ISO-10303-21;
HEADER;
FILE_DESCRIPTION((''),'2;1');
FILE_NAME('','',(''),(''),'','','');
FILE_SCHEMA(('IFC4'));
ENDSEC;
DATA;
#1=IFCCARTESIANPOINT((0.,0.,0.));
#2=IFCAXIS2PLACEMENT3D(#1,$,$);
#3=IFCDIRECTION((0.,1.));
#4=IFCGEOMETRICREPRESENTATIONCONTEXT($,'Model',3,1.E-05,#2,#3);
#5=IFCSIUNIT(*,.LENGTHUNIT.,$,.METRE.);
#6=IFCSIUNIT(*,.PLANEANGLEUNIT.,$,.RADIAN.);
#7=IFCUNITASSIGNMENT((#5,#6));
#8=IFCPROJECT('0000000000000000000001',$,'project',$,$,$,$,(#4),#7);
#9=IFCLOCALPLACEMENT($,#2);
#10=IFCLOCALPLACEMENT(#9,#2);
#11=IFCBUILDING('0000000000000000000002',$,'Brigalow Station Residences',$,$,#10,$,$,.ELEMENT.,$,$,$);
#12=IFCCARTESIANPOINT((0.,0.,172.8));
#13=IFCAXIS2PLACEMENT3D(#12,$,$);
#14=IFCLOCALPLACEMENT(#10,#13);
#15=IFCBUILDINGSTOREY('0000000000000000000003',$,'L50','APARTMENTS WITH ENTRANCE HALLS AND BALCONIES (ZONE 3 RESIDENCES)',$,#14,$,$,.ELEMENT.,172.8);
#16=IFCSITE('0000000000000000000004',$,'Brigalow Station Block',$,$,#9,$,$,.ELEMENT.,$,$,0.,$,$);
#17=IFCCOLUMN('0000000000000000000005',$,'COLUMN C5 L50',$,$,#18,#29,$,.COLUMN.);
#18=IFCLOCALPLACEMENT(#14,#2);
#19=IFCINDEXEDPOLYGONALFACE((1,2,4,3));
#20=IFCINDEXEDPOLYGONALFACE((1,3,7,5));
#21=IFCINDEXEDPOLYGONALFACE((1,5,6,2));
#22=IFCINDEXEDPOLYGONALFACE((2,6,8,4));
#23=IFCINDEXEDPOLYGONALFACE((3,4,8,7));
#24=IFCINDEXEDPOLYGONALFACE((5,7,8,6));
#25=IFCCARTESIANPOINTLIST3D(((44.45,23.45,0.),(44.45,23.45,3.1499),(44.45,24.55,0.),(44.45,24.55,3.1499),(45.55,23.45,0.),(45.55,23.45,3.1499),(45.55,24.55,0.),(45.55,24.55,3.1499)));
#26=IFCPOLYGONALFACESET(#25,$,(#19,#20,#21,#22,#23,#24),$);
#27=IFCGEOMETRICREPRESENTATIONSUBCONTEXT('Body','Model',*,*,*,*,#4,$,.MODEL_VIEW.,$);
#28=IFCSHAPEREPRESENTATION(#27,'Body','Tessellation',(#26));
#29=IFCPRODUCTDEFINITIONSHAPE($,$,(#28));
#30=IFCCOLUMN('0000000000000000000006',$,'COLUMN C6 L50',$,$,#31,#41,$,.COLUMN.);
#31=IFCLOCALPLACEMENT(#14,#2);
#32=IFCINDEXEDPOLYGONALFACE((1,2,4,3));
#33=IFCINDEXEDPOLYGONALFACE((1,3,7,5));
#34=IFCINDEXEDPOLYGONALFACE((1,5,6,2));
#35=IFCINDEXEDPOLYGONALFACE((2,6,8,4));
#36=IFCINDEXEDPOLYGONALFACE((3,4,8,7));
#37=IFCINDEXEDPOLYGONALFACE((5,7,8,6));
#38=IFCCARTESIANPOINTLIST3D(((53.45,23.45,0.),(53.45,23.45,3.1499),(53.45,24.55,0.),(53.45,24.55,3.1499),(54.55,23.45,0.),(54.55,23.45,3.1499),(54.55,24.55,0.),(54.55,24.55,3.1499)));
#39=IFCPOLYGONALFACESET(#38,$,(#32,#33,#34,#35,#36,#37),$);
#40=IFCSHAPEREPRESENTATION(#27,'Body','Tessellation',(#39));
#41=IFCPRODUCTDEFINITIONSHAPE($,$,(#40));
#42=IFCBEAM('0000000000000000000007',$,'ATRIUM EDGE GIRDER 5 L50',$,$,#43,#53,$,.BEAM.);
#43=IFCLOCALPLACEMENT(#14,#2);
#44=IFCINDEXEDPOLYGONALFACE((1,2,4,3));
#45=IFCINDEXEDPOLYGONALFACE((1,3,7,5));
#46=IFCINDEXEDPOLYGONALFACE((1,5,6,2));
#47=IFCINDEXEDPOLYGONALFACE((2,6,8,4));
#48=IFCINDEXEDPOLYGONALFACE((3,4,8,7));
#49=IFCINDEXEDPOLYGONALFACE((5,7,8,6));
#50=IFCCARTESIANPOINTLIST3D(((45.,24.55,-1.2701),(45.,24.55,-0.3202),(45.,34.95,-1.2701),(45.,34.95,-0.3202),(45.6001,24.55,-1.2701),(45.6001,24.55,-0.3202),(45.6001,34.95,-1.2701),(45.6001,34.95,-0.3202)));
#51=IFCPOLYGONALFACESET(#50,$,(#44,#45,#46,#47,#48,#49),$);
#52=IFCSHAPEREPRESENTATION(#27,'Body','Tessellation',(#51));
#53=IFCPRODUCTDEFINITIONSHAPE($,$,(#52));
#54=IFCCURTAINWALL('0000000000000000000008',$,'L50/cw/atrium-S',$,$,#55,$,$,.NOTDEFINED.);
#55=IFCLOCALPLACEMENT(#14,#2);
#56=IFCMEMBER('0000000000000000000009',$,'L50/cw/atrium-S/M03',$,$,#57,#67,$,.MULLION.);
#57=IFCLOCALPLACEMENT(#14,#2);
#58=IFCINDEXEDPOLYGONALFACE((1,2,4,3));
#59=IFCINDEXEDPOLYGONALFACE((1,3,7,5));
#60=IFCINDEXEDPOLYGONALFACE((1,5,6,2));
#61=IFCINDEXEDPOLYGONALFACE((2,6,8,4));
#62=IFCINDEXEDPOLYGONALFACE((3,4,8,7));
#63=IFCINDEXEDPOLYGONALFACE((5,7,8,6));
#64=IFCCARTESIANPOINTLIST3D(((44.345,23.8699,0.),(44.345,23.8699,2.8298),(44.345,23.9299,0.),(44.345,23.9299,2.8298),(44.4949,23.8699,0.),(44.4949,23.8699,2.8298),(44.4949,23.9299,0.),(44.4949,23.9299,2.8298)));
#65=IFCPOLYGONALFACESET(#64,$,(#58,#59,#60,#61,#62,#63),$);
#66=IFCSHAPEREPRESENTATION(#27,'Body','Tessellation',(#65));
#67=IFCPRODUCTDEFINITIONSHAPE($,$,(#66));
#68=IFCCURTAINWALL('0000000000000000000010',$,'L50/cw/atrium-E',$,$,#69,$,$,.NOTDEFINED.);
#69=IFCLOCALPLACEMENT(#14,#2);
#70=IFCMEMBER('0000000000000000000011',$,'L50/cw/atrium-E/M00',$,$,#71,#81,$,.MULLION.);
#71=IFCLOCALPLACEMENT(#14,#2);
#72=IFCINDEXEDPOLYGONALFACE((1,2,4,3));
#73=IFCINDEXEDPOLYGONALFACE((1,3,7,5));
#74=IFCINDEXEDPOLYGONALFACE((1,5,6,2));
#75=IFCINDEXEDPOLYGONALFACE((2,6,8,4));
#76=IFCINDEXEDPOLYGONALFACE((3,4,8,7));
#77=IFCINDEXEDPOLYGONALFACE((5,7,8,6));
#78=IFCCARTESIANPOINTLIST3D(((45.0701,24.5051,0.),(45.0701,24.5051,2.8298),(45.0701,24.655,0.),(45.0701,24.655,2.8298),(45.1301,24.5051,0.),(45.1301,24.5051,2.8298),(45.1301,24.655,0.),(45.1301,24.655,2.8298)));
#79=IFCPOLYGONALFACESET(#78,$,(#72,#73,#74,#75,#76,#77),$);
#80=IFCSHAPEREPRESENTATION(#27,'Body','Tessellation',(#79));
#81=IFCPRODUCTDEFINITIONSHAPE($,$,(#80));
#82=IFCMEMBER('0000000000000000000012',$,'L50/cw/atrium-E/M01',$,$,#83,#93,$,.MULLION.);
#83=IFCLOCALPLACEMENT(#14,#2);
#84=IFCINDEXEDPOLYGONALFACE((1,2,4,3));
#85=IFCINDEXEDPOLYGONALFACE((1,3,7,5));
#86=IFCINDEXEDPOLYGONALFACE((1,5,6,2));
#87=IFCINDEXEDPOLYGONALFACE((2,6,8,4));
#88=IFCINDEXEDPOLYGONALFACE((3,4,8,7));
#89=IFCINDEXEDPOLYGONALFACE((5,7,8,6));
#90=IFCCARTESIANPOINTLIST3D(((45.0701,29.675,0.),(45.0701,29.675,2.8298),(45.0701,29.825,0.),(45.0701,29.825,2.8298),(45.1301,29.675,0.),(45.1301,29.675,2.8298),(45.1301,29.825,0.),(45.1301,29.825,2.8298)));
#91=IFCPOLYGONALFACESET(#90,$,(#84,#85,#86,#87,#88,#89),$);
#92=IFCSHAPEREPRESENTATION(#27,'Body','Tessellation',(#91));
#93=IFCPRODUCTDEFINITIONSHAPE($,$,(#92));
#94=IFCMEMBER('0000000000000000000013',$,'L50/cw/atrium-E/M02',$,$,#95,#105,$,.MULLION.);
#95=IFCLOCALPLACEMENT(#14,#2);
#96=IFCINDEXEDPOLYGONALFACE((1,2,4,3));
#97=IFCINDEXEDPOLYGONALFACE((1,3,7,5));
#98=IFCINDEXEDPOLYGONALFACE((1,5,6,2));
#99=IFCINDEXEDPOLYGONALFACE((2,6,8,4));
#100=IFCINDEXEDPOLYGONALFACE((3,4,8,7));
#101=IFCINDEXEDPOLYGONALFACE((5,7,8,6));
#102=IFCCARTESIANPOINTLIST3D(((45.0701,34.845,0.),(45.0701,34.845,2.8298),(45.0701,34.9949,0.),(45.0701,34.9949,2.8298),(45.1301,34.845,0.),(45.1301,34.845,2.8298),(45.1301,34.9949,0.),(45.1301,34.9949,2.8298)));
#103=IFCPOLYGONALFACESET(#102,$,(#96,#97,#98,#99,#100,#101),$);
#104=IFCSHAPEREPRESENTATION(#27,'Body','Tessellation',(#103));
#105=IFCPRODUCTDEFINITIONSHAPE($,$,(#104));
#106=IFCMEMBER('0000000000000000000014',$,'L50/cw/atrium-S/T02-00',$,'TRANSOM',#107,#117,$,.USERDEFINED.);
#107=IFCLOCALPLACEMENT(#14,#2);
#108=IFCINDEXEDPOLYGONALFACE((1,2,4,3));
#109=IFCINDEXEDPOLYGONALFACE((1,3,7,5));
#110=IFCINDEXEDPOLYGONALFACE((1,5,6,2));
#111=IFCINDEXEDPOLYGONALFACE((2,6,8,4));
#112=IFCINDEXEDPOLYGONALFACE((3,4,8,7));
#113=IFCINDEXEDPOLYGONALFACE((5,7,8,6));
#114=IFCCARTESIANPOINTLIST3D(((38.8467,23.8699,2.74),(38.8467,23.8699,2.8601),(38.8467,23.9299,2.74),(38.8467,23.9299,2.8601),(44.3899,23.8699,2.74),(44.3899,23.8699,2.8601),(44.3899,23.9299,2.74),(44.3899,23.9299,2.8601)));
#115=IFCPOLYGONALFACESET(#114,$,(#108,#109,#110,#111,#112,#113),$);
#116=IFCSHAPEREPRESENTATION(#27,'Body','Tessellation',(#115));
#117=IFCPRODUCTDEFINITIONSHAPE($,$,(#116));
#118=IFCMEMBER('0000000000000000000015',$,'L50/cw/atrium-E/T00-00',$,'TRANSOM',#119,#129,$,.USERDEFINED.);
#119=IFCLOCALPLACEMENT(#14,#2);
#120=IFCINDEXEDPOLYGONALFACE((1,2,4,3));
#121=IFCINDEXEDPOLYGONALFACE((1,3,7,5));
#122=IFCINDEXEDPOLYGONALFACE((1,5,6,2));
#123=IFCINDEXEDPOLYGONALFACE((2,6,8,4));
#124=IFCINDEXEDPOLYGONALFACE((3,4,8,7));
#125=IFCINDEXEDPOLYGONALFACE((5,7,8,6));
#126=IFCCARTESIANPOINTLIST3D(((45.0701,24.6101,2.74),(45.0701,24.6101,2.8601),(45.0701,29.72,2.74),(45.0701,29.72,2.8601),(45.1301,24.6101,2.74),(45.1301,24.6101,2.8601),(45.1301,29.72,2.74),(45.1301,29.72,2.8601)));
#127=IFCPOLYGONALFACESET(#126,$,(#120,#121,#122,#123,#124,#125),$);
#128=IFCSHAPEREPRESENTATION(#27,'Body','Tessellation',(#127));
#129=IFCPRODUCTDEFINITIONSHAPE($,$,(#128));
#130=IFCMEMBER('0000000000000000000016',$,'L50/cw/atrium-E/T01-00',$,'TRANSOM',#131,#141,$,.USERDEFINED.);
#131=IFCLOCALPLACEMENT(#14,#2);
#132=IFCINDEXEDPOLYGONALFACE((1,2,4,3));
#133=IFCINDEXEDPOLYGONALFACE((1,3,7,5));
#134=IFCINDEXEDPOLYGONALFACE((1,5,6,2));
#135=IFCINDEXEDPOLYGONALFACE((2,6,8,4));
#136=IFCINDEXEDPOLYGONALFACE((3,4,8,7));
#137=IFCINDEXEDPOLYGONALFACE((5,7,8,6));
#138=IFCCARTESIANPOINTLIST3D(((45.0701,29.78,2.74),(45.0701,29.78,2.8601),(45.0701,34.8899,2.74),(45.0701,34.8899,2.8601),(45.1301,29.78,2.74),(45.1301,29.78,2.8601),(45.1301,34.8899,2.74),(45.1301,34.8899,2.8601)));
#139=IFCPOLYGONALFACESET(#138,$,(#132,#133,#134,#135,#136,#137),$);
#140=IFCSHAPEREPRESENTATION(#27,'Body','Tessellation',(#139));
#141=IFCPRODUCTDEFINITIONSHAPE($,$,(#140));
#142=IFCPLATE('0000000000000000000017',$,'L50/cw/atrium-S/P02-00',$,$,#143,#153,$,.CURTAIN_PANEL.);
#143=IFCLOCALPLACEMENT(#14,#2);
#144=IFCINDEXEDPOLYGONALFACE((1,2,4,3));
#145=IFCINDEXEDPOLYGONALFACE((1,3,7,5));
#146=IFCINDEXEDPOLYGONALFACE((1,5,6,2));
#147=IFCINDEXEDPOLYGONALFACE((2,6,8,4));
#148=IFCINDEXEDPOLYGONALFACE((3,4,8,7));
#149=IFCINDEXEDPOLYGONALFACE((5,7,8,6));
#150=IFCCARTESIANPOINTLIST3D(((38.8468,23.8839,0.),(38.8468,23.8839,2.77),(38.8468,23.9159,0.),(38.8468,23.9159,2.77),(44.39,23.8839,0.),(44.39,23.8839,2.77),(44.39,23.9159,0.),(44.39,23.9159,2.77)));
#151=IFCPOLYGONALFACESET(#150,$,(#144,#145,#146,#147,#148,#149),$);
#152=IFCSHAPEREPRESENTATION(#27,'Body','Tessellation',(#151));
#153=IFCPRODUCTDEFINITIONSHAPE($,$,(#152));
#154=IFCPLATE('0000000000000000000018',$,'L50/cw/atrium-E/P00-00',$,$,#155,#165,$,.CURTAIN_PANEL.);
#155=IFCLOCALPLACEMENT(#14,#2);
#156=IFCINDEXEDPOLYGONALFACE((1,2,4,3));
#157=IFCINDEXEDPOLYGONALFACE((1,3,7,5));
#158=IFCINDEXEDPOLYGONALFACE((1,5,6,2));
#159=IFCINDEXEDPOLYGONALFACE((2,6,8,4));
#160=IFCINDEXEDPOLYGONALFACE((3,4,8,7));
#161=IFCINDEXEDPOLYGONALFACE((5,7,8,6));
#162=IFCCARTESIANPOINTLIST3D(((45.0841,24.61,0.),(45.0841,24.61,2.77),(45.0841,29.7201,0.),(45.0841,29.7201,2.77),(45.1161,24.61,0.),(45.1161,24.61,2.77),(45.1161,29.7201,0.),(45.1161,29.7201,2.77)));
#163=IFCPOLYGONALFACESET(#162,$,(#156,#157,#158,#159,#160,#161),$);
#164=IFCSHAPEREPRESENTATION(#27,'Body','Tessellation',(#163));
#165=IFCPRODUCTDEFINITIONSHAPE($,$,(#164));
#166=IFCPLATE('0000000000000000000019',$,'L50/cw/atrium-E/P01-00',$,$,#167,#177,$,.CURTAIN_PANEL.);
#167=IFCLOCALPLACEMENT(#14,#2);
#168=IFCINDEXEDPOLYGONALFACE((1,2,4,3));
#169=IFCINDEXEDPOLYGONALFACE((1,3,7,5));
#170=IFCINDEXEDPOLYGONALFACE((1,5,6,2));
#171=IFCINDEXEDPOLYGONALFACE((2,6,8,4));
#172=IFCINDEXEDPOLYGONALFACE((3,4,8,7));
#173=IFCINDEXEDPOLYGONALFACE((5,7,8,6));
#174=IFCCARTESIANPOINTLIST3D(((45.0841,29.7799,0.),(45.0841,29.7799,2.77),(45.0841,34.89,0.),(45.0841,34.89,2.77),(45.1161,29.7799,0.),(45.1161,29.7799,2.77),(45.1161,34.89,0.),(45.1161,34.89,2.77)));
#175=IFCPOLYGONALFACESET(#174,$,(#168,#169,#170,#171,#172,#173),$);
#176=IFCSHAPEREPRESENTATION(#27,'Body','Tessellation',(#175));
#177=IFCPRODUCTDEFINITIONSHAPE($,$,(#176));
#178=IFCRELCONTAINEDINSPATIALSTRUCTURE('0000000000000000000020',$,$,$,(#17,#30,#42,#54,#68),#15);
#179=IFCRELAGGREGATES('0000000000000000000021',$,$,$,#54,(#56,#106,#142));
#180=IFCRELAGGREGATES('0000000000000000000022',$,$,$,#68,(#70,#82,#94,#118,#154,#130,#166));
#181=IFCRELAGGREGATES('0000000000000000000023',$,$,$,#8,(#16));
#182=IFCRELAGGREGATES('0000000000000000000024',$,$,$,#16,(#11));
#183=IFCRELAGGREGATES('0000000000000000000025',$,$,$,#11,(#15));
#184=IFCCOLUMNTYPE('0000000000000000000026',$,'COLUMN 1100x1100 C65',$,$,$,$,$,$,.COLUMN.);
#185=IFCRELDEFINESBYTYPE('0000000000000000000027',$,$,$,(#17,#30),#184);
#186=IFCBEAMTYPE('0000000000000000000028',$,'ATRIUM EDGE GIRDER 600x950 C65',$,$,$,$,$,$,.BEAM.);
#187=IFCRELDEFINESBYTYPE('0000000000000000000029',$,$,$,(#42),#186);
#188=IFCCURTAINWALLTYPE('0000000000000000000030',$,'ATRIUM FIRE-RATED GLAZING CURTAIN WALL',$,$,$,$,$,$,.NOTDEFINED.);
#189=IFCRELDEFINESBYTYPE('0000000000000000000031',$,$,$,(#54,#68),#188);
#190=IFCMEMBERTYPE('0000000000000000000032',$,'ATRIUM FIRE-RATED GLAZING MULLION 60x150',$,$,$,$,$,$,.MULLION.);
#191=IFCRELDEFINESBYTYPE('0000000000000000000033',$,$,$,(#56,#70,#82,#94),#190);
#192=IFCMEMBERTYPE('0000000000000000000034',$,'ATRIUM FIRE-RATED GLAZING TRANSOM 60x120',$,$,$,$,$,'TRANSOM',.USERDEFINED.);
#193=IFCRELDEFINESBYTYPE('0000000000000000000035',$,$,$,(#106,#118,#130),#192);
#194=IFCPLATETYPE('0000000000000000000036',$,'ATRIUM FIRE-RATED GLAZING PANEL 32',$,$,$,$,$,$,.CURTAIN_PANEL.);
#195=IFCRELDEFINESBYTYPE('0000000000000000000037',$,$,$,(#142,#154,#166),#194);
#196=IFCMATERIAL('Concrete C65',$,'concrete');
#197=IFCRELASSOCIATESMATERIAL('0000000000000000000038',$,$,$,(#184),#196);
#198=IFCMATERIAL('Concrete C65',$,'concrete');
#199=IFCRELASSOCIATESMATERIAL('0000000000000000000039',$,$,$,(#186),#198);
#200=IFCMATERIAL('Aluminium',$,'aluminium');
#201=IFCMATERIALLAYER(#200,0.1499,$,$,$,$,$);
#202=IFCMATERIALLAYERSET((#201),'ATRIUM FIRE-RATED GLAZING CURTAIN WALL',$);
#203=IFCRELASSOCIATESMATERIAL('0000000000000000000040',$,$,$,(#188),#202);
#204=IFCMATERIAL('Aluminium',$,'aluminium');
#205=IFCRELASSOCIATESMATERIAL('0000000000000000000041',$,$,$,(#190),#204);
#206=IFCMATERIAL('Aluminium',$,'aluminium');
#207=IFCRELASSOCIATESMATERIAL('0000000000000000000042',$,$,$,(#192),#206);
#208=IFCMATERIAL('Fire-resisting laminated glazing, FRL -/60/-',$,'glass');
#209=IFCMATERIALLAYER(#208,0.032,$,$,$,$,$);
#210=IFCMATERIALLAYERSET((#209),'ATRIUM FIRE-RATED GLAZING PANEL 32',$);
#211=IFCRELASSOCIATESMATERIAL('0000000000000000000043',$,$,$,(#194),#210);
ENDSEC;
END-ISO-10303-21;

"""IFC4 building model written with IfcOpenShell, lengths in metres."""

from ifc_helpers import new_model, si_unit, direction, frame, origin, origin_2d, place, context, subcontext, project, spatial, rectangle, extrude, material, layer, layer_set, material_profile, profile_set, type_object, element, aggregate, save


model = new_model("IFC4")

# Units and contexts
model_context = context("Model", 3, precision=1e-05, world=origin(), true_north=direction((0.0, 1.0)))
body_context = subcontext(model_context, "Body", "Model", "MODEL_VIEW")
ifc_project = project(units=[si_unit("LENGTHUNIT", "METRE"), si_unit("PLANEANGLEUNIT", "RADIAN")], contexts=[model_context])

# Site, building, storey
site_placement = place(None, origin())
site = spatial("IfcSite", under=ifc_project, at=site_placement, Name="Brigalow Station Block", CompositionType="ELEMENT", RefElevation=0.0)
building_placement = place(site_placement, origin())
building = spatial("IfcBuilding", under=site, at=building_placement, Name="Brigalow Station Residences", CompositionType="ELEMENT")
storey_placement = place(building_placement, frame((0.0, 0.0, 172.8)))
storey = spatial("IfcBuildingStorey", under=building, at=storey_placement, Name="L50", Description="APARTMENTS WITH ENTRANCE HALLS AND BALCONIES (ZONE 3 RESIDENCES)", CompositionType="ELEMENT", Elevation=172.8)

# Columns
ifc_material_1 = material(Name="Concrete C65", Category="concrete")
ifc_material_profile_1 = material_profile(ifc_material_1, rectangle(XDim=1.1001, YDim=1.1001, at=origin_2d()), Name="RC1100x1100")
ifc_profile_set_1 = profile_set([ifc_material_profile_1], Name="Concrete C65")
column_type = type_object("IfcColumnType", Name="COLUMN 1100x1100 C65", PredefinedType="COLUMN", material=ifc_profile_set_1)
for number, where, z_axis, x_axis, name in (
    (1, (45.0, 24.0, 0.0), (0.0, 0.0, 1.0), (1.0, 0.0, 0.0), "COLUMN C5 L50"),
    (2, (54.0, 24.0, 0.0), (0.0, 0.0, 1.0), (1.0, 0.0, 0.0), "COLUMN C6 L50"),
):
    element("IfcColumn", number, at=place(storey_placement, frame(where, z_axis=z_axis, x_axis=x_axis)), inside=storey, type_object=column_type, Name=name, PredefinedType="COLUMN", context=body_context, shape_type="SweptSolid", body=[
        extrude(rectangle(XDim=1.1001, YDim=1.1001, at=origin_2d()), origin(), (0.0, 0.0, 1.0), 3.1499),
    ])

# Beam
ifc_material_2 = material(Name="Concrete C65", Category="concrete")
ifc_material_profile_2 = material_profile(ifc_material_2, rectangle(XDim=0.6001, YDim=0.95, at=origin_2d()), Name="RC600x950")
ifc_profile_set_2 = profile_set([ifc_material_profile_2], Name="Concrete C65")
beam_type = type_object("IfcBeamType", Name="ATRIUM EDGE GIRDER 600x950 C65", PredefinedType="BEAM", material=ifc_profile_set_2)
beam_placement = place(storey_placement, frame((45.3, 24.55, -0.7952), z_axis=(0.0, 1.0, 0.0), x_axis=(-1.0, 0.0, 0.0)))
element("IfcBeam", 3, at=beam_placement, inside=storey, type_object=beam_type, Name="ATRIUM EDGE GIRDER 5 L50", PredefinedType="BEAM", context=body_context, shape_type="SweptSolid", body=[
    extrude(rectangle(XDim=0.6001, YDim=0.95, at=origin_2d()), origin(), (0.0, 0.0, 1.0), 10.3999),
])

# Curtain wall, member
ifc_material_3 = material(Name="Aluminium", Category="aluminium")
ifc_layer_1 = layer(ifc_material_3, 0.1499)
ifc_layer_set_1 = layer_set([ifc_layer_1], Name="ATRIUM FIRE-RATED GLAZING CURTAIN WALL")
curtain_wall_type = type_object("IfcCurtainWallType", Name="ATRIUM FIRE-RATED GLAZING CURTAIN WALL", PredefinedType="NOTDEFINED", material=ifc_layer_set_1)
curtain_wall_1_placement = place(storey_placement, origin())
curtain_wall_1 = element("IfcCurtainWall", 4, at=curtain_wall_1_placement, inside=storey, type_object=curtain_wall_type, Name="L50/cw/atrium-S", PredefinedType="NOTDEFINED")
ifc_material_4 = material(Name="Aluminium", Category="aluminium")
ifc_material_profile_3 = material_profile(ifc_material_4, rectangle(XDim=0.0601, YDim=0.1499, at=origin_2d()), Name="ATRIUM FIRE-RATED GLAZING MULLION 60x150")
ifc_profile_set_3 = profile_set([ifc_material_profile_3], Name="Aluminium")
member_type_1 = type_object("IfcMemberType", Name="ATRIUM FIRE-RATED GLAZING MULLION 60x150", PredefinedType="MULLION", material=ifc_profile_set_3)
member_1_placement = place(storey_placement, frame((44.4199, 23.8999, 0.0), z_axis=(0.0, 0.0, 1.0), x_axis=(0.0, 1.0, 0.0)))
member_1 = element("IfcMember", 5, at=member_1_placement, type_object=member_type_1, Name="L50/cw/atrium-S/M03", PredefinedType="MULLION", context=body_context, shape_type="SweptSolid", body=[
    extrude(rectangle(XDim=0.0601, YDim=0.1499, at=origin_2d()), origin(), (0.0, 0.0, 1.0), 2.8298),
])

# Curtain wall, members
curtain_wall_2_placement = place(storey_placement, origin())
curtain_wall_2 = element("IfcCurtainWall", 6, at=curtain_wall_2_placement, inside=storey, type_object=curtain_wall_type, Name="L50/cw/atrium-E", PredefinedType="NOTDEFINED")
member_2_placement = place(storey_placement, frame((45.1001, 24.5801, 0.0), z_axis=(0.0, 0.0, 1.0), x_axis=(-1.0, 0.0, 0.0)))
member_2 = element("IfcMember", 7, at=member_2_placement, type_object=member_type_1, Name="L50/cw/atrium-E/M00", PredefinedType="MULLION", context=body_context, shape_type="SweptSolid", body=[
    extrude(rectangle(XDim=0.0601, YDim=0.1499, at=origin_2d()), origin(), (0.0, 0.0, 1.0), 2.8298),
])
member_3_placement = place(storey_placement, frame((45.1001, 29.75, 0.0), z_axis=(0.0, 0.0, 1.0), x_axis=(-1.0, 0.0, 0.0)))
member_3 = element("IfcMember", 8, at=member_3_placement, type_object=member_type_1, Name="L50/cw/atrium-E/M01", PredefinedType="MULLION", context=body_context, shape_type="SweptSolid", body=[
    extrude(rectangle(XDim=0.0601, YDim=0.1499, at=origin_2d()), origin(), (0.0, 0.0, 1.0), 2.8298),
])
member_4_placement = place(storey_placement, frame((45.1001, 34.9199, 0.0), z_axis=(0.0, 0.0, 1.0), x_axis=(-1.0, 0.0, 0.0)))
member_4 = element("IfcMember", 9, at=member_4_placement, type_object=member_type_1, Name="L50/cw/atrium-E/M02", PredefinedType="MULLION", context=body_context, shape_type="SweptSolid", body=[
    extrude(rectangle(XDim=0.0601, YDim=0.1499, at=origin_2d()), origin(), (0.0, 0.0, 1.0), 2.8298),
])

# Members
ifc_material_5 = material(Name="Aluminium", Category="aluminium")
ifc_material_profile_4 = material_profile(ifc_material_5, rectangle(XDim=0.0601, YDim=0.1201, at=origin_2d()), Name="ATRIUM FIRE-RATED GLAZING TRANSOM 60x120")
ifc_profile_set_4 = profile_set([ifc_material_profile_4], Name="Aluminium")
member_type_2 = type_object("IfcMemberType", Name="ATRIUM FIRE-RATED GLAZING TRANSOM 60x120", ElementType="TRANSOM", PredefinedType="USERDEFINED", material=ifc_profile_set_4)
member_5_placement = place(storey_placement, frame((38.8467, 23.8999, 2.8), z_axis=(1.0, 0.0, 0.0), x_axis=(0.0, 1.0, 0.0)))
member_5 = element("IfcMember", 10, at=member_5_placement, type_object=member_type_2, Name="L50/cw/atrium-S/T02-00", ObjectType="TRANSOM", PredefinedType="USERDEFINED", context=body_context, shape_type="SweptSolid", body=[
    extrude(rectangle(XDim=0.0601, YDim=0.1201, at=origin_2d()), origin(), (0.0, 0.0, 1.0), 5.5432),
])
member_6_placement = place(storey_placement, frame((45.1001, 24.6101, 2.8), z_axis=(0.0, 1.0, 0.0), x_axis=(-1.0, 0.0, 0.0)))
member_6 = element("IfcMember", 11, at=member_6_placement, type_object=member_type_2, Name="L50/cw/atrium-E/T00-00", ObjectType="TRANSOM", PredefinedType="USERDEFINED", context=body_context, shape_type="SweptSolid", body=[
    extrude(rectangle(XDim=0.0601, YDim=0.1201, at=origin_2d()), origin(), (0.0, 0.0, 1.0), 5.1099),
])
member_7_placement = place(storey_placement, frame((45.1001, 29.78, 2.8), z_axis=(0.0, 1.0, 0.0), x_axis=(-1.0, 0.0, 0.0)))
member_7 = element("IfcMember", 12, at=member_7_placement, type_object=member_type_2, Name="L50/cw/atrium-E/T01-00", ObjectType="TRANSOM", PredefinedType="USERDEFINED", context=body_context, shape_type="SweptSolid", body=[
    extrude(rectangle(XDim=0.0601, YDim=0.1201, at=origin_2d()), origin(), (0.0, 0.0, 1.0), 5.1099),
])

# Plates
ifc_material_6 = material(Name="Fire-resisting laminated glazing, FRL -/60/-", Category="glass")
ifc_layer_2 = layer(ifc_material_6, 0.032)
ifc_layer_set_2 = layer_set([ifc_layer_2], Name="ATRIUM FIRE-RATED GLAZING PANEL 32")
plate_type = type_object("IfcPlateType", Name="ATRIUM FIRE-RATED GLAZING PANEL 32", PredefinedType="CURTAIN_PANEL", material=ifc_layer_set_2)
plate_1_placement = place(storey_placement, frame((41.6184, 23.8999, 0.0), z_axis=(0.0, 0.0, 1.0), x_axis=(1.0, 0.0, 0.0)))
plate_1 = element("IfcPlate", 13, at=plate_1_placement, type_object=plate_type, Name="L50/cw/atrium-S/P02-00", PredefinedType="CURTAIN_PANEL", context=body_context, shape_type="SweptSolid", body=[
    extrude(rectangle(XDim=5.5432, YDim=0.032, at=origin_2d()), origin(), (0.0, 0.0, 1.0), 2.77),
])
aggregate(curtain_wall_1, [member_1, member_5, plate_1])
plate_2_placement = place(storey_placement, frame((45.1001, 27.165, 0.0), z_axis=(0.0, 0.0, 1.0), x_axis=(0.0, 1.0, 0.0)))
plate_2 = element("IfcPlate", 14, at=plate_2_placement, type_object=plate_type, Name="L50/cw/atrium-E/P00-00", PredefinedType="CURTAIN_PANEL", context=body_context, shape_type="SweptSolid", body=[
    extrude(rectangle(XDim=5.1101, YDim=0.032, at=origin_2d()), origin(), (0.0, 0.0, 1.0), 2.77),
])
plate_3_placement = place(storey_placement, frame((45.1001, 32.335, 0.0), z_axis=(0.0, 0.0, 1.0), x_axis=(0.0, 1.0, 0.0)))
plate_3 = element("IfcPlate", 15, at=plate_3_placement, type_object=plate_type, Name="L50/cw/atrium-E/P01-00", PredefinedType="CURTAIN_PANEL", context=body_context, shape_type="SweptSolid", body=[
    extrude(rectangle(XDim=5.1101, YDim=0.032, at=origin_2d()), origin(), (0.0, 0.0, 1.0), 2.77),
])
aggregate(curtain_wall_2, [member_2, member_3, member_4, member_6, plate_2, member_7, plate_3])

save(model, "model.ifc")
